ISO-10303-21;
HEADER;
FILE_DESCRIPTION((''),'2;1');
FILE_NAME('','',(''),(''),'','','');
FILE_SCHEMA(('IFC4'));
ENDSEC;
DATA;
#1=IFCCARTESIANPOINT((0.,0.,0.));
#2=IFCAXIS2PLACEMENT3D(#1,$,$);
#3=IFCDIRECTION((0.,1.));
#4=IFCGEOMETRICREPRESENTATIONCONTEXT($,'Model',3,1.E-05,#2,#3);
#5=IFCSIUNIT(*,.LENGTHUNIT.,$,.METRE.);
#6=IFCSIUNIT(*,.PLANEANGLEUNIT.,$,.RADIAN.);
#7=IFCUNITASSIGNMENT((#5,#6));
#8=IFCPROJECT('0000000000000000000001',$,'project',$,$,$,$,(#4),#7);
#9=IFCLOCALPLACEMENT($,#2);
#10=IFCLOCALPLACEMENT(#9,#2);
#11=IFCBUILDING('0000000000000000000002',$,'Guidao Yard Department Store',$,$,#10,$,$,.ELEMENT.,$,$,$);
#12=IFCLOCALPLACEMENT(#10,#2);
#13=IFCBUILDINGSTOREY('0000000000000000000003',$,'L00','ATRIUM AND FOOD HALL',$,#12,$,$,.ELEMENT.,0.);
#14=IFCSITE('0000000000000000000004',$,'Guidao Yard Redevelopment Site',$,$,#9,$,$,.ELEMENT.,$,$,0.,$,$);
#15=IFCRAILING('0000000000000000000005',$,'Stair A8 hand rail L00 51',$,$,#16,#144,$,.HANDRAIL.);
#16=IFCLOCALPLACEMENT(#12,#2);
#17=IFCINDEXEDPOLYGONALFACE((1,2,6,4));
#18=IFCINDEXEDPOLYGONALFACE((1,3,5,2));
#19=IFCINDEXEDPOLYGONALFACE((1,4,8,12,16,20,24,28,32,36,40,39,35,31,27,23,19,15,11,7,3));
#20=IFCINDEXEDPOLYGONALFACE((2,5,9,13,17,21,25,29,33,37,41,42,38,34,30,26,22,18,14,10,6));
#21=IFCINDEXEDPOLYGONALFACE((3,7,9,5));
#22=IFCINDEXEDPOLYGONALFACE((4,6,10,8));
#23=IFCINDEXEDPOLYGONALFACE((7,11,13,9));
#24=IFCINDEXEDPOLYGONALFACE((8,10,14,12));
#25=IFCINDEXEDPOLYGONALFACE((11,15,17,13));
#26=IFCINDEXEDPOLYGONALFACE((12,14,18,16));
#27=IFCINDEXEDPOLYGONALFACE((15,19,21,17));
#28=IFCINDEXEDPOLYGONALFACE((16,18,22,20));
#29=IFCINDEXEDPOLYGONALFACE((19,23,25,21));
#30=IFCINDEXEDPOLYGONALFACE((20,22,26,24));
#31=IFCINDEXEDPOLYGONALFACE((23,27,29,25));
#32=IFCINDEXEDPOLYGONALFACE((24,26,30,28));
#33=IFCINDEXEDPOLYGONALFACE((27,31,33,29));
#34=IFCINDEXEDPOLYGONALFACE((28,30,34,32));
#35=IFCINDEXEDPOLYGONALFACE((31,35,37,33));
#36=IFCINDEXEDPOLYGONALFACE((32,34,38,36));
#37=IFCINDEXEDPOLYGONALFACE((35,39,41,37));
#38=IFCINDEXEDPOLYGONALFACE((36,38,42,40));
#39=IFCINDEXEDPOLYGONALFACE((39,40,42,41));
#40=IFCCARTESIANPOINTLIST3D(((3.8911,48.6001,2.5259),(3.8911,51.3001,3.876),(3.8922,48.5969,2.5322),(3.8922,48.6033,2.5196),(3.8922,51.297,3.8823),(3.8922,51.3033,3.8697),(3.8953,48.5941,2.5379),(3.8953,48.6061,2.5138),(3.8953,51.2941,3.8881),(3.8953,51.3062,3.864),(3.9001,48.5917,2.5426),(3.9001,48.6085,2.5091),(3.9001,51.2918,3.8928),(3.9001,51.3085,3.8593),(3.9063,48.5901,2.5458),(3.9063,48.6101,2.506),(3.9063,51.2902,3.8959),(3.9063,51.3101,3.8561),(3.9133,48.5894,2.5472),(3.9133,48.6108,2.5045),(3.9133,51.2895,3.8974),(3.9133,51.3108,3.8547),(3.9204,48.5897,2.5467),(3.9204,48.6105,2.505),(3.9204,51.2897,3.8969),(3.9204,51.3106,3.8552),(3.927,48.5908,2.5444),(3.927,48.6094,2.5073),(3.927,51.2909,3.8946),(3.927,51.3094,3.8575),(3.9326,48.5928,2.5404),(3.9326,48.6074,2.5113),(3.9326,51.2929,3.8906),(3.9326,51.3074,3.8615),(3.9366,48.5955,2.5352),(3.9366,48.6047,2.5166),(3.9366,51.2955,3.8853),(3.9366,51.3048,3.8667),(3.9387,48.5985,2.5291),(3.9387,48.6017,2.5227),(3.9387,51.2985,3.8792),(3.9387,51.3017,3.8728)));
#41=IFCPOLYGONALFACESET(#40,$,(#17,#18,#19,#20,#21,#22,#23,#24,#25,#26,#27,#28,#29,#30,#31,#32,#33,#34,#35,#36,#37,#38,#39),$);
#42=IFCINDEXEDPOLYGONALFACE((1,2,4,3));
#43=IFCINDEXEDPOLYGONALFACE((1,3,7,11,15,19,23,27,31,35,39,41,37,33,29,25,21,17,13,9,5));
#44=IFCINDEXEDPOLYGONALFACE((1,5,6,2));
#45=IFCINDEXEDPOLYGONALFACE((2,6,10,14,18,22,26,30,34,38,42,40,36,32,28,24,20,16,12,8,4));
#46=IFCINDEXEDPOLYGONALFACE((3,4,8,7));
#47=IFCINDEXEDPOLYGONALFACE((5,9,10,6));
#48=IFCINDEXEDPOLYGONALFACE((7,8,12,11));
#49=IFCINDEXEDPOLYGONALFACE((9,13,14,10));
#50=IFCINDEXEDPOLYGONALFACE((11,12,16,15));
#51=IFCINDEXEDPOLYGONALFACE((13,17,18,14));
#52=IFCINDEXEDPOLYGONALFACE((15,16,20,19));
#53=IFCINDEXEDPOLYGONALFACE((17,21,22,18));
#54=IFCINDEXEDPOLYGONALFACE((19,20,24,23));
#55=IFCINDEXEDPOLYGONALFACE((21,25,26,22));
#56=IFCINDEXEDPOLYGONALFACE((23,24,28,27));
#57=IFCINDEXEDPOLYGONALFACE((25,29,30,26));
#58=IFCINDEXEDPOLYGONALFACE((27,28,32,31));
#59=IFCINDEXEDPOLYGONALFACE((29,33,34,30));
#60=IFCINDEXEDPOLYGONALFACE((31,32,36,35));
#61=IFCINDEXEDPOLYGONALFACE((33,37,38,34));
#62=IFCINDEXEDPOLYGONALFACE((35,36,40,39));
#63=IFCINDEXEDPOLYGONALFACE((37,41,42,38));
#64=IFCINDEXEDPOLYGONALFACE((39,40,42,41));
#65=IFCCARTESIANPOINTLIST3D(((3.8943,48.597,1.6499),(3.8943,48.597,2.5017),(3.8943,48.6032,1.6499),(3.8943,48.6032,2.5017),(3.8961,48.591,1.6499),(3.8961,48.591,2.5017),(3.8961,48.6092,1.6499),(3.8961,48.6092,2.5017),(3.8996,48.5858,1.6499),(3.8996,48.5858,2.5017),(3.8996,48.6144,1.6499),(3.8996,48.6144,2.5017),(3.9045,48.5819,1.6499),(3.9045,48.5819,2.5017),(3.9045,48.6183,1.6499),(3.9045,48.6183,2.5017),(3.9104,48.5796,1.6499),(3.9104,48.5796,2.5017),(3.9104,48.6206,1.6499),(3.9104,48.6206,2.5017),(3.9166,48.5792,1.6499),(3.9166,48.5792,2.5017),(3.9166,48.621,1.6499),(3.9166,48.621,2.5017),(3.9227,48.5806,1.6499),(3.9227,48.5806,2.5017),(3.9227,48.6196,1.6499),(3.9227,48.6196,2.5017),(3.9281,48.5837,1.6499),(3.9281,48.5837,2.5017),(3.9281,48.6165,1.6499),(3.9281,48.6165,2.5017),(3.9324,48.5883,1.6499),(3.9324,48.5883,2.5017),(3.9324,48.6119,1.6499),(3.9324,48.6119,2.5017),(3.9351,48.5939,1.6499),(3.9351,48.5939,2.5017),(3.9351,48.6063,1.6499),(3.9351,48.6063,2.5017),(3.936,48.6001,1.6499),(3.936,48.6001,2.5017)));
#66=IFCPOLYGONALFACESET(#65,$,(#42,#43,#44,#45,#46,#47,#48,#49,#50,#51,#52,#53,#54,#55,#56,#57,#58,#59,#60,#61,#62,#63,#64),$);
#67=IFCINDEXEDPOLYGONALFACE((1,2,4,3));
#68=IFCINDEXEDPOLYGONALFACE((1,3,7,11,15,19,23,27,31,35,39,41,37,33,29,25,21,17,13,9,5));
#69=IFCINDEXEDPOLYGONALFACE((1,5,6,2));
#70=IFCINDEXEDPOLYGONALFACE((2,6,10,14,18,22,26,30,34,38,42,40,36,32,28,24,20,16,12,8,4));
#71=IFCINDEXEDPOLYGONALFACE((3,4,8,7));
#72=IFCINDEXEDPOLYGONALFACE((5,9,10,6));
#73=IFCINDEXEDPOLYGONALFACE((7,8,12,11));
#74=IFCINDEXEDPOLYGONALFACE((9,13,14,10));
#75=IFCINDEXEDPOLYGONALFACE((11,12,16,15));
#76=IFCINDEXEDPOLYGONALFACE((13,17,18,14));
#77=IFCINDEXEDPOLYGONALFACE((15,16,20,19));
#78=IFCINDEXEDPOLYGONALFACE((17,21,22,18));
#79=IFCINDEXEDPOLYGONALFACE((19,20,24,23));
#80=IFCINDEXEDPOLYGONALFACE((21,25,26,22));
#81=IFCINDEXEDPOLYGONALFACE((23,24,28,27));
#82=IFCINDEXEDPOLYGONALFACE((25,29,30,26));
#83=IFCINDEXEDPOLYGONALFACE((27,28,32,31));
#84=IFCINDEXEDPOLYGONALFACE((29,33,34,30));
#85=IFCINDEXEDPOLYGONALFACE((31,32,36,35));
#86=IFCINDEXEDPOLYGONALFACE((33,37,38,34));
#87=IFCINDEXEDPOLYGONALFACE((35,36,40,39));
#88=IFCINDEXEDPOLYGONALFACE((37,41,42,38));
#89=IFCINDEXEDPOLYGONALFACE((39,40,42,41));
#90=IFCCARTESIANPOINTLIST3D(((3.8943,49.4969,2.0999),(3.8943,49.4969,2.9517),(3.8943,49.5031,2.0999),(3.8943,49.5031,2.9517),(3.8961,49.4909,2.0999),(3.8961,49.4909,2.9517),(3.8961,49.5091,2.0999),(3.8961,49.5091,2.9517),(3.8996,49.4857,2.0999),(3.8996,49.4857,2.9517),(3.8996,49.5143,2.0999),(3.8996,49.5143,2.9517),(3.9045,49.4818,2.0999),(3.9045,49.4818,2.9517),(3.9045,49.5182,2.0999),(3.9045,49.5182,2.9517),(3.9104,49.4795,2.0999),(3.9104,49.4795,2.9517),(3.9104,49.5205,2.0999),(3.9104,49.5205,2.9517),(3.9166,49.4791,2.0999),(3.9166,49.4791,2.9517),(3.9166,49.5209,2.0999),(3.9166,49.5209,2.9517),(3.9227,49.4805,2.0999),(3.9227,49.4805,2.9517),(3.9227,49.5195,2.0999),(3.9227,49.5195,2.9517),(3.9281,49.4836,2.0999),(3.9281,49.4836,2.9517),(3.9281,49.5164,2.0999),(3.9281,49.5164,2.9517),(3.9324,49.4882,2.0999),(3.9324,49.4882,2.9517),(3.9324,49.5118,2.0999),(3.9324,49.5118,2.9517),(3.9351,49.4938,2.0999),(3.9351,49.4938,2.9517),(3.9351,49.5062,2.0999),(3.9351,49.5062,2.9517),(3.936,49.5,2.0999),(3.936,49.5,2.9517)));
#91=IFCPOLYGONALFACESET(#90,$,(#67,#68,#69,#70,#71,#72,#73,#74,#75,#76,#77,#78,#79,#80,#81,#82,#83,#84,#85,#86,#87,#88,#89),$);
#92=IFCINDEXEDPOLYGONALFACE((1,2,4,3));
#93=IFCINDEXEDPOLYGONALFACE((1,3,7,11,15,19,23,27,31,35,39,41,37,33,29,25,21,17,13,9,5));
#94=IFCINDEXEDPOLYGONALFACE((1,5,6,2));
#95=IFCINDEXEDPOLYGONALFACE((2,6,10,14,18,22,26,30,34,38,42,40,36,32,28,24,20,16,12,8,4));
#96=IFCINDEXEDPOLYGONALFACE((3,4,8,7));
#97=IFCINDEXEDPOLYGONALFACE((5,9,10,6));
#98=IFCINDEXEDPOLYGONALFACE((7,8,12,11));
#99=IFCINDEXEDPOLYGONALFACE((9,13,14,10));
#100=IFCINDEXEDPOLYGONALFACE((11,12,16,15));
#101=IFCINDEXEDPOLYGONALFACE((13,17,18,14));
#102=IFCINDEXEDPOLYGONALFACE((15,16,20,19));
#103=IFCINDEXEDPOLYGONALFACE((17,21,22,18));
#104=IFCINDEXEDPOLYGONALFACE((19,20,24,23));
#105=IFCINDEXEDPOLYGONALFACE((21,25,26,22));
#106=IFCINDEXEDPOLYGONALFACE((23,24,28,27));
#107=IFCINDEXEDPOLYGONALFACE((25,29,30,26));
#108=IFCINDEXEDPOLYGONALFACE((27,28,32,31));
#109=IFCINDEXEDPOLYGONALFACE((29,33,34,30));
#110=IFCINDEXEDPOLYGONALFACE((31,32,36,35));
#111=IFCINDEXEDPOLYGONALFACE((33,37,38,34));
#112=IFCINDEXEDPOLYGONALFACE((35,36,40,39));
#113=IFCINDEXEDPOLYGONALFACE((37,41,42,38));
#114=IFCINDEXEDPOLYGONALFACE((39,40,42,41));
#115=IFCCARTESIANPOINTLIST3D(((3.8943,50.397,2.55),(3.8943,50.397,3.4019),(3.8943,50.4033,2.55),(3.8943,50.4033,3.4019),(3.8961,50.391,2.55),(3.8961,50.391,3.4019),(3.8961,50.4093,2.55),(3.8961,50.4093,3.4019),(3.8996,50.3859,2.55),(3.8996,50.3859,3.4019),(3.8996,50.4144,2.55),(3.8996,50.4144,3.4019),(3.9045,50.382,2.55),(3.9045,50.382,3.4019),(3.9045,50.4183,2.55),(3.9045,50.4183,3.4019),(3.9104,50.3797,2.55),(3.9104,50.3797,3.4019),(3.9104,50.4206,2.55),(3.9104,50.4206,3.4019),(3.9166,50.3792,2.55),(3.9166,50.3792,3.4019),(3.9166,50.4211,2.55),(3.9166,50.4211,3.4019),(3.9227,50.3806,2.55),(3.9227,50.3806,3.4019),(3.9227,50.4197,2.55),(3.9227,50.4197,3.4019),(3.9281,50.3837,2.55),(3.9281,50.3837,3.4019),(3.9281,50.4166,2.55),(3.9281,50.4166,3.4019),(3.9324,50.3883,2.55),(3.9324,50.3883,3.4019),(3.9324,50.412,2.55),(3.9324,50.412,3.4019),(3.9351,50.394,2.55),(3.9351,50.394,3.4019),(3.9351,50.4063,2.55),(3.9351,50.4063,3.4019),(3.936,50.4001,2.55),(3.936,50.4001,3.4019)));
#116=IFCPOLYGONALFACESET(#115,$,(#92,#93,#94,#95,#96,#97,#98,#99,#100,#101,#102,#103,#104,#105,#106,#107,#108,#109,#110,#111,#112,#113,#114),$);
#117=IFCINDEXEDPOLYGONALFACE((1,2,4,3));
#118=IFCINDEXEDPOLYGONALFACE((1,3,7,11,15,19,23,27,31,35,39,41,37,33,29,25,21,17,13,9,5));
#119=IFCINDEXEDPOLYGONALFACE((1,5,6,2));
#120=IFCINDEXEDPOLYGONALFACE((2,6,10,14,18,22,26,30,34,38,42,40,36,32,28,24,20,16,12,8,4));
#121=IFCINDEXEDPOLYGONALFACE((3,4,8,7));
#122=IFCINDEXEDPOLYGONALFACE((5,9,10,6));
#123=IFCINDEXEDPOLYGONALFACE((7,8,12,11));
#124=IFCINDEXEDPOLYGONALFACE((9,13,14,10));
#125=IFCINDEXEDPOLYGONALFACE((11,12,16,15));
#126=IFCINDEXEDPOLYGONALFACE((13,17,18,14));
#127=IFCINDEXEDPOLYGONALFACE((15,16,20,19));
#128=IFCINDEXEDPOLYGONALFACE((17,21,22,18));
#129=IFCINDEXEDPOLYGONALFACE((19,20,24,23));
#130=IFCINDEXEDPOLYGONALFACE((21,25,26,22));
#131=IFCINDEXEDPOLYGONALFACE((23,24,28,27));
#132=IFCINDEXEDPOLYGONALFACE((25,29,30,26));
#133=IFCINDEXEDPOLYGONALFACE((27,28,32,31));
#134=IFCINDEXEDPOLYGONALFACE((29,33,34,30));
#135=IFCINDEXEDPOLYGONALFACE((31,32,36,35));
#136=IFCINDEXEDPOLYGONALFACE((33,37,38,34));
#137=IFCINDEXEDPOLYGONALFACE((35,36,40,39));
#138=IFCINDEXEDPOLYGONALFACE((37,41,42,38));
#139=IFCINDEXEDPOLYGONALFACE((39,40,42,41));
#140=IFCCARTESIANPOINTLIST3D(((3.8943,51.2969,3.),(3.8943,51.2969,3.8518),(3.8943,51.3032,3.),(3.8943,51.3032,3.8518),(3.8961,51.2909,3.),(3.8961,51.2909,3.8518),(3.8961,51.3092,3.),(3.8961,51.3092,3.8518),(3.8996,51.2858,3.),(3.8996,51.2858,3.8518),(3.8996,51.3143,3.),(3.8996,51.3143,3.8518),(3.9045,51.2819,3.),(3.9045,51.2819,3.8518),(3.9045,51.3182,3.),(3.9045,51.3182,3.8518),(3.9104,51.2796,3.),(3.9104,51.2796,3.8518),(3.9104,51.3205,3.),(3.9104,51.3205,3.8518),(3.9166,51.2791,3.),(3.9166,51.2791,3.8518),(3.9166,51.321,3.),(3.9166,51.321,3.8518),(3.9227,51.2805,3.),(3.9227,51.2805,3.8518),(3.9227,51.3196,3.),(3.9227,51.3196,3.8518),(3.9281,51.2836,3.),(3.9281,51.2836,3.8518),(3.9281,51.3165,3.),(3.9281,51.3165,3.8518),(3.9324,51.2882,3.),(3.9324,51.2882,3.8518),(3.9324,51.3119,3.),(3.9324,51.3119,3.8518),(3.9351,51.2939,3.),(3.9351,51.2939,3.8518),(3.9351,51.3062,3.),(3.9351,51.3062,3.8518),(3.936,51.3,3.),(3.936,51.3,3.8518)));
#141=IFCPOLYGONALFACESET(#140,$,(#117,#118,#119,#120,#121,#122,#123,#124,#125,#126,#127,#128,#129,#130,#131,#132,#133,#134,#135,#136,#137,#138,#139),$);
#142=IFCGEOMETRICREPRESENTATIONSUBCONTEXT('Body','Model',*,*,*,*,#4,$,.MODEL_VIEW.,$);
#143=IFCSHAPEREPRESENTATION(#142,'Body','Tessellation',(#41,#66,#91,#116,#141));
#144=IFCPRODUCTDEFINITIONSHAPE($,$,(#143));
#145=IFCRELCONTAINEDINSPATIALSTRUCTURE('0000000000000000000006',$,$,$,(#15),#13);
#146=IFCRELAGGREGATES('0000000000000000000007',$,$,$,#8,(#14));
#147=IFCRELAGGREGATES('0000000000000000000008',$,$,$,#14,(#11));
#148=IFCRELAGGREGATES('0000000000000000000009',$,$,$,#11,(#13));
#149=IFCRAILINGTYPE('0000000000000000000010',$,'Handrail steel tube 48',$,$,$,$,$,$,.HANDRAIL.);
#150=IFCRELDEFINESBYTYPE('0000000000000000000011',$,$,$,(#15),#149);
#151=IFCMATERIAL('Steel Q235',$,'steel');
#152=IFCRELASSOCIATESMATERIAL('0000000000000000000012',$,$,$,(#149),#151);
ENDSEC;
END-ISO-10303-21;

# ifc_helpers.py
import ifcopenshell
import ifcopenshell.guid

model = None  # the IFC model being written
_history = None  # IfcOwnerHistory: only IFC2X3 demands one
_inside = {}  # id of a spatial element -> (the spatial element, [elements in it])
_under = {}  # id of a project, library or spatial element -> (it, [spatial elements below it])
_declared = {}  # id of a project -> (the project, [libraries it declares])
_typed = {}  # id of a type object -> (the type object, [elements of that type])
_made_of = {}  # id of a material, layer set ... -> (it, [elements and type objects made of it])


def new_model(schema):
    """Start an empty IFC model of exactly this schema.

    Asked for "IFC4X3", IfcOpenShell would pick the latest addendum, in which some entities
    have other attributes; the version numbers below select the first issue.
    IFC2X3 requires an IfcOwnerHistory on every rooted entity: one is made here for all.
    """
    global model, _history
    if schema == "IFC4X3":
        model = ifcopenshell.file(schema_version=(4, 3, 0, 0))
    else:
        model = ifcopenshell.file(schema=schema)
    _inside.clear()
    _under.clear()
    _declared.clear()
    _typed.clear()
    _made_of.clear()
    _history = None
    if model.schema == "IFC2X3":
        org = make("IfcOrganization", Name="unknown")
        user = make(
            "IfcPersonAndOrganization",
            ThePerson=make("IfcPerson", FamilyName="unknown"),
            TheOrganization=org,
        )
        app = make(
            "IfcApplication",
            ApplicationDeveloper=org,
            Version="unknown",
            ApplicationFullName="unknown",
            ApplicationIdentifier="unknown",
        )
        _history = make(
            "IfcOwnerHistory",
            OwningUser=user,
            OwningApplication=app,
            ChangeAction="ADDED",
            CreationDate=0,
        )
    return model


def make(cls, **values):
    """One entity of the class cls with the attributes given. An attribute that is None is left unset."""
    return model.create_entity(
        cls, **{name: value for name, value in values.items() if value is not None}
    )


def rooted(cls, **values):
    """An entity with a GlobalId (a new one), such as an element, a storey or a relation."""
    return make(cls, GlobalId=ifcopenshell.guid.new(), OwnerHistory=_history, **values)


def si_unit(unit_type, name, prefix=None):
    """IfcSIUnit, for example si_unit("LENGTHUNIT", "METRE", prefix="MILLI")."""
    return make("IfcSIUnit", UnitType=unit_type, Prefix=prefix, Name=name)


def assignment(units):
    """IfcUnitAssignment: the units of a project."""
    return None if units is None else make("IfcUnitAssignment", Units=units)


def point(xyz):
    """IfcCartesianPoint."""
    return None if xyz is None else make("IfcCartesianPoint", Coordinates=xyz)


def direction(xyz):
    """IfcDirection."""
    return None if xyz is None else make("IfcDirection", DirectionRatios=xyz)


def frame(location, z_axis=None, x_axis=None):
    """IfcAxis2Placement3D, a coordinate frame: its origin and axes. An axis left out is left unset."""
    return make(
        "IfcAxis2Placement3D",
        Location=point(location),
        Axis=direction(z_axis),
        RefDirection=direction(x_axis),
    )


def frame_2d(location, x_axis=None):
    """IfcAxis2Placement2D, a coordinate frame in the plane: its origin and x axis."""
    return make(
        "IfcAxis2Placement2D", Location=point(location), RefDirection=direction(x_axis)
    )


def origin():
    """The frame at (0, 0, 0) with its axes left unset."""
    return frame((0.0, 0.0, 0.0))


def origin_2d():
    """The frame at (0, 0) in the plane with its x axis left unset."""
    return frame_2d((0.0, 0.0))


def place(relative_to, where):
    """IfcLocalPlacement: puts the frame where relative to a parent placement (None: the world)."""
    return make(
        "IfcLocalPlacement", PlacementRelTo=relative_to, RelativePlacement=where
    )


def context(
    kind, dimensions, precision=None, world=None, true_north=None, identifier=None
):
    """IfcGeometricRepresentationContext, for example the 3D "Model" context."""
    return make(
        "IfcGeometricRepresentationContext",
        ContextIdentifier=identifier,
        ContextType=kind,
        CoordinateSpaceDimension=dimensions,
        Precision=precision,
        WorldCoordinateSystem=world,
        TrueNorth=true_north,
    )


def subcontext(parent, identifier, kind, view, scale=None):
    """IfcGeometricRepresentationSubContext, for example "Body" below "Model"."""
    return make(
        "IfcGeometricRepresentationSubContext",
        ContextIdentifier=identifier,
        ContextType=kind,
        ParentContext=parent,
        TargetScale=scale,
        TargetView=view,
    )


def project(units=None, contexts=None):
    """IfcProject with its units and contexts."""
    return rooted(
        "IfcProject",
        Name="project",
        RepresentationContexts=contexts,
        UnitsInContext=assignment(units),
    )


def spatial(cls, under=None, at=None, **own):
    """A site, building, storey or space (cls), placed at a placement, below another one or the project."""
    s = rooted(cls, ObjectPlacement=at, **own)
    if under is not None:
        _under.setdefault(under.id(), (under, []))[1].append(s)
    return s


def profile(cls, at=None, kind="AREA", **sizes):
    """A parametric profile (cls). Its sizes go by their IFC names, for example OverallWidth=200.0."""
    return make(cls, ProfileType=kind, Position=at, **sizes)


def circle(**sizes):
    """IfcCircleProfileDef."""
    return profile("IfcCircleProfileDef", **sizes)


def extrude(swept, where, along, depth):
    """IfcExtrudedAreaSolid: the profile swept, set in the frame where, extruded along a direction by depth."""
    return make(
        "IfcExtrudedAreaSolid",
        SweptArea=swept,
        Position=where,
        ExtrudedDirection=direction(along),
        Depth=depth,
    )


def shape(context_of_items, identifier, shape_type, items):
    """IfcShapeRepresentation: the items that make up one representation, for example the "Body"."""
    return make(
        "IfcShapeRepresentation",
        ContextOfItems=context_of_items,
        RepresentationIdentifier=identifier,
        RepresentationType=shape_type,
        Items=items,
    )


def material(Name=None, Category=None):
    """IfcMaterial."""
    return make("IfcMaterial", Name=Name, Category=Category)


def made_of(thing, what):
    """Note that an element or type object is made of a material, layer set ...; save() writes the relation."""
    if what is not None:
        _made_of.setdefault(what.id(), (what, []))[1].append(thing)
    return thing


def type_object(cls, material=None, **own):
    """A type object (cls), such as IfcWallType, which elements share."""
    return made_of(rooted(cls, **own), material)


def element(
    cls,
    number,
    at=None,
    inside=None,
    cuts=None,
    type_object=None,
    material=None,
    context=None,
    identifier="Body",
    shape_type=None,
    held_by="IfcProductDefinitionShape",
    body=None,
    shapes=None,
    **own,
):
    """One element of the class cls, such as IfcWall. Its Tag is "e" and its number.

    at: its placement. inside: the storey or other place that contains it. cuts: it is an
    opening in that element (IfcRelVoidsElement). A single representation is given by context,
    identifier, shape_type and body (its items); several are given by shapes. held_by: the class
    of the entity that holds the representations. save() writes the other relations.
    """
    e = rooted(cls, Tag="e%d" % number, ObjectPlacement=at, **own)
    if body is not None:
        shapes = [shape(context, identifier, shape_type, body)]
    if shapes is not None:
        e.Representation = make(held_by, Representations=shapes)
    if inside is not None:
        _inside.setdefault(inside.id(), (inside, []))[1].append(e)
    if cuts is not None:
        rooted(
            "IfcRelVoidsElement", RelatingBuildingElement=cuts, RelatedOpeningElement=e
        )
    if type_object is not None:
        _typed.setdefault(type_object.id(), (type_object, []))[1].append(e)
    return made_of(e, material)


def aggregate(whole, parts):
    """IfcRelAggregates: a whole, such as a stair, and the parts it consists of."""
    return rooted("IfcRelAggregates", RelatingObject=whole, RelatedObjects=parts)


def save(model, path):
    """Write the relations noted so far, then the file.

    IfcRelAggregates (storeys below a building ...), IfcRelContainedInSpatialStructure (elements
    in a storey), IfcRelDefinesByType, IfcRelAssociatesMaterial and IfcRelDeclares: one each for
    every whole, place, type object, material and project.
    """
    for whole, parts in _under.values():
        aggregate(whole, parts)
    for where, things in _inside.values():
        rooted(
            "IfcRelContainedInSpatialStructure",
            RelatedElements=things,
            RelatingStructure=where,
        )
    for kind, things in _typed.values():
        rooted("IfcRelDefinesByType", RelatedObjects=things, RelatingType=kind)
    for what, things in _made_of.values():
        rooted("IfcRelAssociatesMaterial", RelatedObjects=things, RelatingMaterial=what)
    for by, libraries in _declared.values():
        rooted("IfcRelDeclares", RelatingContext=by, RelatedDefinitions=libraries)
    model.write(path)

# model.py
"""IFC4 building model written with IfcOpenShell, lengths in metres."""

from ifc_helpers import new_model, si_unit, direction, frame, origin, origin_2d, place, context, subcontext, project, spatial, circle, extrude, material, type_object, element, save


model = new_model("IFC4")

# Units and contexts
model_context = context("Model", 3, precision=1e-05, world=origin(), true_north=direction((0.0, 1.0)))
body_context = subcontext(model_context, "Body", "Model", "MODEL_VIEW")
ifc_project = project(units=[si_unit("LENGTHUNIT", "METRE"), si_unit("PLANEANGLEUNIT", "RADIAN")], contexts=[model_context])

# Site, building, storey
site_placement = place(None, origin())
site = spatial("IfcSite", under=ifc_project, at=site_placement, Name="Guidao Yard Redevelopment Site", CompositionType="ELEMENT", RefElevation=0.0)
building_placement = place(site_placement, origin())
building = spatial("IfcBuilding", under=site, at=building_placement, Name="Guidao Yard Department Store", CompositionType="ELEMENT")
storey_placement = place(building_placement, origin())
storey = spatial("IfcBuildingStorey", under=building, at=storey_placement, Name="L00", Description="ATRIUM AND FOOD HALL", CompositionType="ELEMENT", Elevation=0.0)

# Railing
ifc_material_1 = material(Name="Steel Q235", Category="steel")
railing_type = type_object("IfcRailingType", Name="Handrail steel tube 48", PredefinedType="HANDRAIL", material=ifc_material_1)
for number, where, name in (
    (1, (3.915, 48.6001, 1.6499), "Stair A8 hand rail L00 51"),
):
    element("IfcRailing", number, at=place(storey_placement, frame(where)), inside=storey, type_object=railing_type, Name=name, PredefinedType="HANDRAIL", context=body_context, shape_type="SweptSolid", body=[
        extrude(circle(Radius=0.0239, at=origin_2d()), frame((0.0, 0.0, 0.876), z_axis=(0.0, 0.894411, 0.447246), x_axis=(-1.0, 0.0, 0.0)), (0.0, 0.0, 1.0), 3.0188),
        extrude(circle(Radius=0.021, at=origin_2d()), origin(), (0.0, 0.0, 1.0), 0.8518),
        extrude(circle(Radius=0.021, at=origin_2d()), frame((0.0, 0.8999, 0.45)), (0.0, 0.0, 1.0), 0.8518),
        extrude(circle(Radius=0.021, at=origin_2d()), frame((0.0, 1.8, 0.9001)), (0.0, 0.0, 1.0), 0.8518),
        extrude(circle(Radius=0.021, at=origin_2d()), frame((0.0, 2.7, 1.3501)), (0.0, 0.0, 1.0), 0.8518),
    ])

save(model, "model.ifc")
